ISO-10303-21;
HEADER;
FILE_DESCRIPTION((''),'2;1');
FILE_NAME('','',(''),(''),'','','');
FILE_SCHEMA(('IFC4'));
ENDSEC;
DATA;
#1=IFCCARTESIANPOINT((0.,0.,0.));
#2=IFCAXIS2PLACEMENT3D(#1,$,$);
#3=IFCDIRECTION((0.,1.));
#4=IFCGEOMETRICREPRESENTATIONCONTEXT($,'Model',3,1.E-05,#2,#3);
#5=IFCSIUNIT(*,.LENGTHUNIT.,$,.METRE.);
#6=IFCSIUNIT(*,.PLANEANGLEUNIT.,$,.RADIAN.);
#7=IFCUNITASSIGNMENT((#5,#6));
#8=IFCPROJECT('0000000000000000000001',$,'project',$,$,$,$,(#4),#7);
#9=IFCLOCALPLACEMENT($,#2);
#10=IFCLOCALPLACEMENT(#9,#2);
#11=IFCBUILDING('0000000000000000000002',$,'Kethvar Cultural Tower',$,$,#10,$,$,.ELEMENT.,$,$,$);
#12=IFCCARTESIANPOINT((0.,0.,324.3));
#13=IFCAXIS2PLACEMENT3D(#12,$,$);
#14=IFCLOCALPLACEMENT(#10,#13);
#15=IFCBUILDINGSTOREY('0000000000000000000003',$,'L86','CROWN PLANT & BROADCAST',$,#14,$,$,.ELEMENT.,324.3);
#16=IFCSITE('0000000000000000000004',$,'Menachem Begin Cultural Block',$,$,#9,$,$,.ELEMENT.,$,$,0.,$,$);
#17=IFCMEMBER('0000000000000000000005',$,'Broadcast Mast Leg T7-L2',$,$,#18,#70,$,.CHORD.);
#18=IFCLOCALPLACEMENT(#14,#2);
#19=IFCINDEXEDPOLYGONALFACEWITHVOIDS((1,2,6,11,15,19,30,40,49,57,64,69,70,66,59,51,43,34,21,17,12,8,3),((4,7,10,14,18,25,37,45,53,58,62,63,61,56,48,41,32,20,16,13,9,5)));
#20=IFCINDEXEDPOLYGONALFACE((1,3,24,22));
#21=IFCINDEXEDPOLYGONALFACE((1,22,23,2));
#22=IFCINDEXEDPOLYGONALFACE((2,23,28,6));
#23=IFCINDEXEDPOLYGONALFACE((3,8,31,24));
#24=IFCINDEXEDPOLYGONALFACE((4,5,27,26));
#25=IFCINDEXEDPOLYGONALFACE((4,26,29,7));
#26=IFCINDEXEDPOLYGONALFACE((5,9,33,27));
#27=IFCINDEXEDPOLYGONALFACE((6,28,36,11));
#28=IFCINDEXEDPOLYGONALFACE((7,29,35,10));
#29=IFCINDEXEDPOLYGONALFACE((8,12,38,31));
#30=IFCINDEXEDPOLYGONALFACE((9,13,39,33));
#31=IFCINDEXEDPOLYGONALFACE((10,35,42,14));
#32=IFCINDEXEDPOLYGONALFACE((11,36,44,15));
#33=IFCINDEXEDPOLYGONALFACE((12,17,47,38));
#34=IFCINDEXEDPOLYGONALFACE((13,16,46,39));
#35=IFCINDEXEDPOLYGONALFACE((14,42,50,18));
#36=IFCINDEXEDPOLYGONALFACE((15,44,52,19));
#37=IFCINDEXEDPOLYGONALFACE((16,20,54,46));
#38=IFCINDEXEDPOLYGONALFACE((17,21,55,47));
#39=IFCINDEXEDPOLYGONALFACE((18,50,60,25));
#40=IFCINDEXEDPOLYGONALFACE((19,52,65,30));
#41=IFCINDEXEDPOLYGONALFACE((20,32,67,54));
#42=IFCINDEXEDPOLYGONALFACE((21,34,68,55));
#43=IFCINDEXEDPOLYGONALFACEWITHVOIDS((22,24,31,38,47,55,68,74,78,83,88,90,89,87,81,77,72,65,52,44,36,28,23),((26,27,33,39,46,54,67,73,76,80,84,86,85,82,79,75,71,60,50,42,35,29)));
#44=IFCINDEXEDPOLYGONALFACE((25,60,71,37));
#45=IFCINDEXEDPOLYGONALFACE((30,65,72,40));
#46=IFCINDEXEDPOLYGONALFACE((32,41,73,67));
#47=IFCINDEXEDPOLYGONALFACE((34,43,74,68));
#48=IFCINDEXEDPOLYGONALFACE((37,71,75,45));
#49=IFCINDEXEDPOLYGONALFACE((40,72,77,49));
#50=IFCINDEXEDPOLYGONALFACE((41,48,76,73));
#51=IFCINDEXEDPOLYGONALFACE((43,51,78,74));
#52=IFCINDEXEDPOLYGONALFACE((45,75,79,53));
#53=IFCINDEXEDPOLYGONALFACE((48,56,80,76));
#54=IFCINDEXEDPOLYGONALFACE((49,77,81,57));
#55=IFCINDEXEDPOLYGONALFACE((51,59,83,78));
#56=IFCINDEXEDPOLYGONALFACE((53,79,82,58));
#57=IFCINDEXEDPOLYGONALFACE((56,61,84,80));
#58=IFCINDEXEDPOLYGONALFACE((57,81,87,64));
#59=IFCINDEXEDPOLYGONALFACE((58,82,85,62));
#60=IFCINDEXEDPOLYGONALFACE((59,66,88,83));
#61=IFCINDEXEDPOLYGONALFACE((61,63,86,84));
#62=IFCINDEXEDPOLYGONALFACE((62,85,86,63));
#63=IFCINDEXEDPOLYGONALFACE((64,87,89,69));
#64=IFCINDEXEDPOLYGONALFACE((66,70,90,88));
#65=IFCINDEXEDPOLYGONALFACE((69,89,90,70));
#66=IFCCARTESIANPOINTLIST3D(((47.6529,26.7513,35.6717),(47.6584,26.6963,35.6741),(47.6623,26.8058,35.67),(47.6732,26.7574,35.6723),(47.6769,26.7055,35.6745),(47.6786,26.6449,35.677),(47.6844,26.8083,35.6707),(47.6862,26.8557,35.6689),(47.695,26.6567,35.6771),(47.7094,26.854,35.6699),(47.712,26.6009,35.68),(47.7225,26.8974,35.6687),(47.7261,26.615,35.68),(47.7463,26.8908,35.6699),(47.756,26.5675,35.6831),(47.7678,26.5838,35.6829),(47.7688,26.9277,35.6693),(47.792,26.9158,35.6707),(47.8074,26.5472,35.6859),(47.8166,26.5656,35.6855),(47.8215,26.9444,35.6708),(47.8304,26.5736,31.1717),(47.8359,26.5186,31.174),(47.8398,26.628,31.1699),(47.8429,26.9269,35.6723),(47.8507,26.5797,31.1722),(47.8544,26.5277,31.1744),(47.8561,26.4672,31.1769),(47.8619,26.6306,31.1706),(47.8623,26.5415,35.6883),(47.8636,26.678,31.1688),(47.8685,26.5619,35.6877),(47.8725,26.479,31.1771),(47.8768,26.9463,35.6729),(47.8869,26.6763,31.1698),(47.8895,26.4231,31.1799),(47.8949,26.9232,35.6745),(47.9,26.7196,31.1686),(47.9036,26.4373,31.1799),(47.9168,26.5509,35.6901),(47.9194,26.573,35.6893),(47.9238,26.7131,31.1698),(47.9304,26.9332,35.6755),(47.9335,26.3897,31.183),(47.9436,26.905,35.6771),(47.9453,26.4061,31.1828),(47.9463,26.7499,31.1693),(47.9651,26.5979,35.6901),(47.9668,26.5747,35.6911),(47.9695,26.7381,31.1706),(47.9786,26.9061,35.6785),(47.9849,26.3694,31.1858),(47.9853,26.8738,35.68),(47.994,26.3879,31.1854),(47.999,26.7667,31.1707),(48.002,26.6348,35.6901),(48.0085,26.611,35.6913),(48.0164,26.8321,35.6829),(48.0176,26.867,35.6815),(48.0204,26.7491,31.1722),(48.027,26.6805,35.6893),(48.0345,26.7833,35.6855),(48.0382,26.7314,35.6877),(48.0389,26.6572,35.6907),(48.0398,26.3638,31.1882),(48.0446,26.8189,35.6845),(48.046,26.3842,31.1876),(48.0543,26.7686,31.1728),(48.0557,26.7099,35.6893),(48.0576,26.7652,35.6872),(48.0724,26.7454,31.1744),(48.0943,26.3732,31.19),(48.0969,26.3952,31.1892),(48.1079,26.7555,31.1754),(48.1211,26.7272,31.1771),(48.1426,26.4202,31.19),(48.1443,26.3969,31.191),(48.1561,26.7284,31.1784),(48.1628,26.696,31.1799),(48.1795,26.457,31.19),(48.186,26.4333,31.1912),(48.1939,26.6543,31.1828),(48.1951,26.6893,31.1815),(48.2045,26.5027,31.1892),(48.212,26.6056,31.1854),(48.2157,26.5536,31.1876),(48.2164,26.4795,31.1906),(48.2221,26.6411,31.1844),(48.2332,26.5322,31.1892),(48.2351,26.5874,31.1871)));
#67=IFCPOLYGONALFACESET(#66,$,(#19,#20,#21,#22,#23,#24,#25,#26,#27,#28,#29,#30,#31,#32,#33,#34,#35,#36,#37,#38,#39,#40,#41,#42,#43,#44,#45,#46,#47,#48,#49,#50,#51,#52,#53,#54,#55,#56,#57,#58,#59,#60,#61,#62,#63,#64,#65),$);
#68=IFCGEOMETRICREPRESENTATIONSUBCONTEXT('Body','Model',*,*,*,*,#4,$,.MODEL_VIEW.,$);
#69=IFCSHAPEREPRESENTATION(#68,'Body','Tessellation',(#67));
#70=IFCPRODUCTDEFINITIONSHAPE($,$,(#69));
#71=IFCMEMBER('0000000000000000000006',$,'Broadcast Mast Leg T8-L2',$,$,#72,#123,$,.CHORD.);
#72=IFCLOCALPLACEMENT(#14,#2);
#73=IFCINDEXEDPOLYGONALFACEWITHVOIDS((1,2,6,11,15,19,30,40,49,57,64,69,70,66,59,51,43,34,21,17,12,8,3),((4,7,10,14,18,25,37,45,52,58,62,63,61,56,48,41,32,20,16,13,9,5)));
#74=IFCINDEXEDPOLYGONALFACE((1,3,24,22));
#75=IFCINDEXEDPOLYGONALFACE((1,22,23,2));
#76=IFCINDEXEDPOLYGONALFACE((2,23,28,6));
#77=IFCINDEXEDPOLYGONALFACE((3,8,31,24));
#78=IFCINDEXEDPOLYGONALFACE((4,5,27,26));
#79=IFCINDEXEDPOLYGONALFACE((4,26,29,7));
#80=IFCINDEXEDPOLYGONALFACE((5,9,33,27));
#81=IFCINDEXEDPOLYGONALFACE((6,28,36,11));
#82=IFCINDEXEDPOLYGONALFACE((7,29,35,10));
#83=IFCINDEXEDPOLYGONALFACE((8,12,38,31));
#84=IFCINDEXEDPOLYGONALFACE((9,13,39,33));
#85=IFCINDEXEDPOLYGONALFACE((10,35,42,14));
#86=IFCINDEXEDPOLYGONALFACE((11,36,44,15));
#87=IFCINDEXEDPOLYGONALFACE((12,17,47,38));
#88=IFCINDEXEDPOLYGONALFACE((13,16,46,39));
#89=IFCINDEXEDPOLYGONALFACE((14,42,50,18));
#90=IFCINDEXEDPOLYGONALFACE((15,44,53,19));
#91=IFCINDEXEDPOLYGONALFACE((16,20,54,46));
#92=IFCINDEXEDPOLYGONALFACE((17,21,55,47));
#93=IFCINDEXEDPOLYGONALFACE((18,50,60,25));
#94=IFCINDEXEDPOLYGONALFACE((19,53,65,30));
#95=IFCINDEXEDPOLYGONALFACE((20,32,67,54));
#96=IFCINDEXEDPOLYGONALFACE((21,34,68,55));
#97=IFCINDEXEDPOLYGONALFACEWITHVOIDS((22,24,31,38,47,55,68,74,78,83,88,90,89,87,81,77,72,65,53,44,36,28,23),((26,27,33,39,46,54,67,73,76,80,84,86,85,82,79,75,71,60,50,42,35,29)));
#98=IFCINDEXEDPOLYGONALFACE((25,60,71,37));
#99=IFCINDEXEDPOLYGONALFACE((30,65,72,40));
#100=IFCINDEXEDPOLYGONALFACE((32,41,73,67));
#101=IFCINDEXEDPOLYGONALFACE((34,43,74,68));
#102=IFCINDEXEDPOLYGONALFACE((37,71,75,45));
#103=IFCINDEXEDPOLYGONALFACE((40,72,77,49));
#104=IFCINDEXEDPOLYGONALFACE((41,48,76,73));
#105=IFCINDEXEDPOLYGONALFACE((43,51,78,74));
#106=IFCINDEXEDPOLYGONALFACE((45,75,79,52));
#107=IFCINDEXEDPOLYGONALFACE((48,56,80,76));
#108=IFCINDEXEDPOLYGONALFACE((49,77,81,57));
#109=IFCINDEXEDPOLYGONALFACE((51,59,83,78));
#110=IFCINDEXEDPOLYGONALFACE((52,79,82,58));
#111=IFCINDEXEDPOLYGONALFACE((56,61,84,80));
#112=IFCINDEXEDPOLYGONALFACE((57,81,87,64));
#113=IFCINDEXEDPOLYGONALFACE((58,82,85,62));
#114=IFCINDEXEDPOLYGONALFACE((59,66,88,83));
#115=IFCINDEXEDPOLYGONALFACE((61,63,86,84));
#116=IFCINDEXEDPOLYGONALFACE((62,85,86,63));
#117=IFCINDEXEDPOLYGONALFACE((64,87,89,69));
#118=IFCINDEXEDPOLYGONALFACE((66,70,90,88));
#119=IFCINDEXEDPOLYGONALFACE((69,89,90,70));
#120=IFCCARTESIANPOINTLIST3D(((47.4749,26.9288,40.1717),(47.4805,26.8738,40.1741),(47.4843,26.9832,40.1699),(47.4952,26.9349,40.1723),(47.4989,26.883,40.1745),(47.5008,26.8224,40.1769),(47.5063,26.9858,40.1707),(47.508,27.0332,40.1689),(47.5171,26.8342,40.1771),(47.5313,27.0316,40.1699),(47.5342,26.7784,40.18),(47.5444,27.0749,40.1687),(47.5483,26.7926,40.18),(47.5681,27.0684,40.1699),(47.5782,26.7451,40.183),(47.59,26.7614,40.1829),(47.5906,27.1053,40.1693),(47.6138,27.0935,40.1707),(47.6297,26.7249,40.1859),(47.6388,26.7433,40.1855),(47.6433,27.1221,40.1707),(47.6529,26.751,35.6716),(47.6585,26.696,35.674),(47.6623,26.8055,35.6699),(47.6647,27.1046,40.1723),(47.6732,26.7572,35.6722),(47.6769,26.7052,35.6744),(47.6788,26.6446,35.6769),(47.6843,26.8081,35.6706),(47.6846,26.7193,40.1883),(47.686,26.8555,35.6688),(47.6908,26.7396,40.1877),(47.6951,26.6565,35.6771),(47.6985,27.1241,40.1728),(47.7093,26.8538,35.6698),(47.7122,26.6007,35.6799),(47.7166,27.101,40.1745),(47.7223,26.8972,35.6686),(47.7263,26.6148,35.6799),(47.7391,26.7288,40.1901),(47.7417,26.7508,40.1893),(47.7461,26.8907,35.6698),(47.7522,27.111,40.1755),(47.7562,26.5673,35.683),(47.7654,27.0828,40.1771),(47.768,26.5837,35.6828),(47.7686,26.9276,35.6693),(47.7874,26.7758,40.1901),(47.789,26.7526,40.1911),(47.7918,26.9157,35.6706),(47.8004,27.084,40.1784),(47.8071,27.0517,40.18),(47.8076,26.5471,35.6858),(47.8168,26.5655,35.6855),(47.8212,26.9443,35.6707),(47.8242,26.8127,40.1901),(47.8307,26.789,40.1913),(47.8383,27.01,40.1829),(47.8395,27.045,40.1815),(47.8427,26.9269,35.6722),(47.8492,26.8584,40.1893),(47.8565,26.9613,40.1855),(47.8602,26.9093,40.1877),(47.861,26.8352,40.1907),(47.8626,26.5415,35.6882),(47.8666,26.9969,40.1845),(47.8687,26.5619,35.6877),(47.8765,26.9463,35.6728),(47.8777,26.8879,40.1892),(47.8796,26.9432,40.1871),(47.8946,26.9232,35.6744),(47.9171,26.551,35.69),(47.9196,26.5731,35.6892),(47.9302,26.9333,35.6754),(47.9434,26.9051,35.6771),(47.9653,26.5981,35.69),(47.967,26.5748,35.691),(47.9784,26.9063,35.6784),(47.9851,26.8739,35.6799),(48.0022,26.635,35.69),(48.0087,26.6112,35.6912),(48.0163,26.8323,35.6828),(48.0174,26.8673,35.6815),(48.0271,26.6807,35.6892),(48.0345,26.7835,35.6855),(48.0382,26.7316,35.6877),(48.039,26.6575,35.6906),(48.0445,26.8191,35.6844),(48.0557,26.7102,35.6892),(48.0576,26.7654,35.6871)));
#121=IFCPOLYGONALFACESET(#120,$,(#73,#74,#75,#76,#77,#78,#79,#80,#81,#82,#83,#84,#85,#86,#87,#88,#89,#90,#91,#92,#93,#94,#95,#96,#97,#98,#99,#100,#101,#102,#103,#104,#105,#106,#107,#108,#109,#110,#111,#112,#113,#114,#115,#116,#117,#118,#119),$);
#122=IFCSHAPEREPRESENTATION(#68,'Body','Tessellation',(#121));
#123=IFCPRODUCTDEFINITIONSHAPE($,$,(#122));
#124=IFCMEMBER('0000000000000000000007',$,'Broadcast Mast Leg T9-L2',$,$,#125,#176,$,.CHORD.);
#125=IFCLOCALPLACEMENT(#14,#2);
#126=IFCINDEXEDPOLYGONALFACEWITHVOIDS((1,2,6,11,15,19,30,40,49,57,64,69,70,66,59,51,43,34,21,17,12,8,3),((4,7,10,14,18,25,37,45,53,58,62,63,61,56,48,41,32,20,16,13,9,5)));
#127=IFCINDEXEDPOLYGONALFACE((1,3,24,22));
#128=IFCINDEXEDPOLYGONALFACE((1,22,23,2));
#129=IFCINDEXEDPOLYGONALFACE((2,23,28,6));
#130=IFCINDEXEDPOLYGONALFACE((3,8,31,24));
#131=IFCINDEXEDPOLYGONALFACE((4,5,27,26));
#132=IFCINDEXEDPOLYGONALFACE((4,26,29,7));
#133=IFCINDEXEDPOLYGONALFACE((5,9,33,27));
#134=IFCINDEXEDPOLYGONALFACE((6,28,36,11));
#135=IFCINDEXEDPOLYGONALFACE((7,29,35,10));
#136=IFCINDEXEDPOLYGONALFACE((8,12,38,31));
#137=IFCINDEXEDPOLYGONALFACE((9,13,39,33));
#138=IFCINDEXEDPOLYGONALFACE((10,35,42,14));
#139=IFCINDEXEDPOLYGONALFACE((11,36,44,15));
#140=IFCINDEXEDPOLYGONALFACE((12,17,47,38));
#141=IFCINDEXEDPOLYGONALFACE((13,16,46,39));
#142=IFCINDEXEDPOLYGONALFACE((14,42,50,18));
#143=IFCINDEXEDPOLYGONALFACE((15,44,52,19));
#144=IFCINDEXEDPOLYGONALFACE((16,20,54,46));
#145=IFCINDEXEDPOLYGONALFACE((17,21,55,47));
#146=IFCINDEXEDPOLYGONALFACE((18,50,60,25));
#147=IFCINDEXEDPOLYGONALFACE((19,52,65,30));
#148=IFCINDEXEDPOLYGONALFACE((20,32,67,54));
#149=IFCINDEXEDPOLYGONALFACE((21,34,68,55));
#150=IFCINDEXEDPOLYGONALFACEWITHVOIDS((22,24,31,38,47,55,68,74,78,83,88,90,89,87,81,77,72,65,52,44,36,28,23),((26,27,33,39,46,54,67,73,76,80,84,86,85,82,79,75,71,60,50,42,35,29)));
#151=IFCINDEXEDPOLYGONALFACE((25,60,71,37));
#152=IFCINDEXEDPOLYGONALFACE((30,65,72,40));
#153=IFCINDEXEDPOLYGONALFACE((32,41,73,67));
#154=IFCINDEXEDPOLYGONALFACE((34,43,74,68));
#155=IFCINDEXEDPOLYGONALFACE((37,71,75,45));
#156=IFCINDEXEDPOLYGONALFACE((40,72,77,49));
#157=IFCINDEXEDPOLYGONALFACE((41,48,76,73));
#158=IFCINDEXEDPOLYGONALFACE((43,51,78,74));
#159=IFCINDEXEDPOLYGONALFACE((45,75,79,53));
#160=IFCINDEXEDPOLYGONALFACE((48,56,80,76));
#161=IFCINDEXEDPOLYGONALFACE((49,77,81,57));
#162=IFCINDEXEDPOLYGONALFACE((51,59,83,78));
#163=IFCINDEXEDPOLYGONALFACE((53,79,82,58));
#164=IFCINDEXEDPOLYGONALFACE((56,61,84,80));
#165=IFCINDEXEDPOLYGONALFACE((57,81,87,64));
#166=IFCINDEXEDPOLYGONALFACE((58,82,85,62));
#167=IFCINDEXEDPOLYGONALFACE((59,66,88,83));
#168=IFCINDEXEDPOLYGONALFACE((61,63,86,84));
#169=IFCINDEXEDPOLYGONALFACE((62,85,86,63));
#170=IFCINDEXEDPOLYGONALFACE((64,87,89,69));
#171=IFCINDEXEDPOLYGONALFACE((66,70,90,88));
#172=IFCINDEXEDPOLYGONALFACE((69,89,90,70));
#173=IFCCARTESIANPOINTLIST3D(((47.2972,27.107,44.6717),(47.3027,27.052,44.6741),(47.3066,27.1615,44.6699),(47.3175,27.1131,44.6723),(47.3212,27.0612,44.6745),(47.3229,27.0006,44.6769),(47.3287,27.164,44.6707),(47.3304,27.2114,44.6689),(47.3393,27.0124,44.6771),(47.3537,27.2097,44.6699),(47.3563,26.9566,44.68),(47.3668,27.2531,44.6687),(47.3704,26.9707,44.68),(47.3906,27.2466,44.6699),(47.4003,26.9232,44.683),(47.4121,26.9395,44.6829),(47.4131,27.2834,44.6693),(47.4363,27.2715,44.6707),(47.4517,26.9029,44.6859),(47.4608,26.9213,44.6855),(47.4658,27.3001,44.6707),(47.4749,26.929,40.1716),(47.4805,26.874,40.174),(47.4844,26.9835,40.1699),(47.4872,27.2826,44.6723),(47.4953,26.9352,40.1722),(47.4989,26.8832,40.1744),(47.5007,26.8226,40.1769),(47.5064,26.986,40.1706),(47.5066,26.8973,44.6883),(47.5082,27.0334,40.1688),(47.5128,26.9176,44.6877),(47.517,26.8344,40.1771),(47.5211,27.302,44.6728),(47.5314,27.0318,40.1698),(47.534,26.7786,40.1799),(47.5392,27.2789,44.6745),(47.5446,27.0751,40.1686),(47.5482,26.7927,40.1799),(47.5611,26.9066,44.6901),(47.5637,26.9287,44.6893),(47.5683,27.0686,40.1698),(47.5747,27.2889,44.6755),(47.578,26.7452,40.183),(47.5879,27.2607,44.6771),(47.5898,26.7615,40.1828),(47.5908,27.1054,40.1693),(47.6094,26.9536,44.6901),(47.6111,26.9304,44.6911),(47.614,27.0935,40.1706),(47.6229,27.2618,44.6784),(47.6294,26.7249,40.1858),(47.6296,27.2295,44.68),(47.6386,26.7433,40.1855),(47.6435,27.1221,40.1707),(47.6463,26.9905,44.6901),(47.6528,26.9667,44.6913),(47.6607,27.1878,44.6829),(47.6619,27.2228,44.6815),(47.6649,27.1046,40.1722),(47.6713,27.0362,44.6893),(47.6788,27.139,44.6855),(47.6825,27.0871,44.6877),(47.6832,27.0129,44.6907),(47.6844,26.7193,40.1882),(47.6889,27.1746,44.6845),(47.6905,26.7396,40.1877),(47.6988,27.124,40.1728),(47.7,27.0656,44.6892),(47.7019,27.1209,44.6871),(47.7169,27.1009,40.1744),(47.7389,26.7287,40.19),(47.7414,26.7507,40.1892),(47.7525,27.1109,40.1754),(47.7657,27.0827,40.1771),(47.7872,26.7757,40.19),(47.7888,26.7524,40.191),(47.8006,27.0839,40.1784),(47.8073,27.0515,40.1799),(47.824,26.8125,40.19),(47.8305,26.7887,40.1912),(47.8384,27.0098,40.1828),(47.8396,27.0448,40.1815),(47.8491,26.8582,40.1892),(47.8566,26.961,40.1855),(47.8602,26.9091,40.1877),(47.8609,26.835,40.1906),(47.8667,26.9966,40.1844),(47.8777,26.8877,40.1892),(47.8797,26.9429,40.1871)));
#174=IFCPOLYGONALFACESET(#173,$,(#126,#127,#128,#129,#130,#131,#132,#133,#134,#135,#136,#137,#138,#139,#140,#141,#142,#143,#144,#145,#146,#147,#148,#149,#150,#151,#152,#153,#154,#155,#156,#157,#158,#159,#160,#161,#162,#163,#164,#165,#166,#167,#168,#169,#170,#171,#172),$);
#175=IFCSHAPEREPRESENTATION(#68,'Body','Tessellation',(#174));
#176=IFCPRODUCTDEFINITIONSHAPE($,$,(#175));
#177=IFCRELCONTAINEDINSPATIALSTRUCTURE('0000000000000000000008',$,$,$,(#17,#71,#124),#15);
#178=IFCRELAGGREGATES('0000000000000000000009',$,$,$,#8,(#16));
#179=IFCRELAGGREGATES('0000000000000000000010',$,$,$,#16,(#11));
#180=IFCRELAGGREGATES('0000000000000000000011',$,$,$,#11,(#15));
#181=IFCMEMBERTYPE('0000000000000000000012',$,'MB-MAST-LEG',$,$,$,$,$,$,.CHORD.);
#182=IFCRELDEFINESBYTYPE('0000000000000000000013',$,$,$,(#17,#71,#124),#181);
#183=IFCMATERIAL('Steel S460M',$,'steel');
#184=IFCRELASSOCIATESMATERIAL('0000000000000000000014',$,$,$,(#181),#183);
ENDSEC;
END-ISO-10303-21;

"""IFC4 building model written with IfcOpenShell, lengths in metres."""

from ifc_helpers import new_model, si_unit, direction, frame, origin, origin_2d, place, context, subcontext, project, spatial, hollow_circle, extrude, source, transform, mapped, material, material_profile, profile_set, type_object, element, save


model = new_model("IFC4")

# Units and contexts
model_context = context("Model", 3, precision=1e-05, world=origin(), true_north=direction((0.0, 1.0)))
body_context = subcontext(model_context, "Body", "Model", "MODEL_VIEW")
ifc_project = project(units=[si_unit("LENGTHUNIT", "METRE"), si_unit("PLANEANGLEUNIT", "RADIAN")], contexts=[model_context])

# Site, building, storey
site_placement = place(None, origin())
site = spatial("IfcSite", under=ifc_project, at=site_placement, Name="Menachem Begin Cultural Block", CompositionType="ELEMENT", RefElevation=0.0)
building_placement = place(site_placement, origin())
building = spatial("IfcBuilding", under=site, at=building_placement, Name="Kethvar Cultural Tower", CompositionType="ELEMENT")
storey_placement = place(building_placement, frame((0.0, 0.0, 324.3)))
storey = spatial("IfcBuildingStorey", under=building, at=storey_placement, Name="L86", Description="CROWN PLANT & BROADCAST", CompositionType="ELEMENT", Elevation=324.3)

# Members
ifc_material_1 = material(Name="Steel S460M", Category="steel")
ifc_material_profile_1 = material_profile(ifc_material_1, hollow_circle(Radius=0.2031, WallThickness=0.02, at=origin_2d()), Name="Steel S460M — CHS406x20")
ifc_profile_set_1 = profile_set([ifc_material_profile_1], Name="Steel S460M — CHS406x20")
member_type_1 = type_object("IfcMemberType", Name="MB-MAST-LEG", PredefinedType="CHORD", material=ifc_profile_set_1)
shared_shape_1 = source(origin(), body_context, "Body", "SweptSolid", [
    extrude(hollow_circle(Radius=0.2031, WallThickness=0.02, at=origin_2d()), origin(), (0.0, 0.0, 1.0), 4.5071),
])
for number, where, z_axis, x_axis, name in (
    (1, (48.0332, 26.5667, 31.1799), (-0.039381, 0.039435, 0.998446), (-0.707593, -0.706621, 0.0), "Broadcast Mast Leg T7-L2"),
    (2, (47.8557, 26.7444, 35.6799), (-0.039489, 0.039435, 0.998442), (-0.706621, -0.707592, 0.0), "Broadcast Mast Leg T8-L2"),
    (3, (47.6777, 26.9221, 40.1799), (-0.039435, 0.039489, 0.998442), (-0.707592, -0.706621, 0.0), "Broadcast Mast Leg T9-L2"),
):
    element("IfcMember", number, at=place(storey_placement, frame(where, z_axis=z_axis, x_axis=x_axis)), inside=storey, type_object=member_type_1, Name=name, PredefinedType="CHORD", context=body_context, shape_type="MappedRepresentation", body=[
        mapped(shared_shape_1, transform((0.0, 0.0, 0.0), scale=1.0)),
    ])

save(model, "model.ifc")
